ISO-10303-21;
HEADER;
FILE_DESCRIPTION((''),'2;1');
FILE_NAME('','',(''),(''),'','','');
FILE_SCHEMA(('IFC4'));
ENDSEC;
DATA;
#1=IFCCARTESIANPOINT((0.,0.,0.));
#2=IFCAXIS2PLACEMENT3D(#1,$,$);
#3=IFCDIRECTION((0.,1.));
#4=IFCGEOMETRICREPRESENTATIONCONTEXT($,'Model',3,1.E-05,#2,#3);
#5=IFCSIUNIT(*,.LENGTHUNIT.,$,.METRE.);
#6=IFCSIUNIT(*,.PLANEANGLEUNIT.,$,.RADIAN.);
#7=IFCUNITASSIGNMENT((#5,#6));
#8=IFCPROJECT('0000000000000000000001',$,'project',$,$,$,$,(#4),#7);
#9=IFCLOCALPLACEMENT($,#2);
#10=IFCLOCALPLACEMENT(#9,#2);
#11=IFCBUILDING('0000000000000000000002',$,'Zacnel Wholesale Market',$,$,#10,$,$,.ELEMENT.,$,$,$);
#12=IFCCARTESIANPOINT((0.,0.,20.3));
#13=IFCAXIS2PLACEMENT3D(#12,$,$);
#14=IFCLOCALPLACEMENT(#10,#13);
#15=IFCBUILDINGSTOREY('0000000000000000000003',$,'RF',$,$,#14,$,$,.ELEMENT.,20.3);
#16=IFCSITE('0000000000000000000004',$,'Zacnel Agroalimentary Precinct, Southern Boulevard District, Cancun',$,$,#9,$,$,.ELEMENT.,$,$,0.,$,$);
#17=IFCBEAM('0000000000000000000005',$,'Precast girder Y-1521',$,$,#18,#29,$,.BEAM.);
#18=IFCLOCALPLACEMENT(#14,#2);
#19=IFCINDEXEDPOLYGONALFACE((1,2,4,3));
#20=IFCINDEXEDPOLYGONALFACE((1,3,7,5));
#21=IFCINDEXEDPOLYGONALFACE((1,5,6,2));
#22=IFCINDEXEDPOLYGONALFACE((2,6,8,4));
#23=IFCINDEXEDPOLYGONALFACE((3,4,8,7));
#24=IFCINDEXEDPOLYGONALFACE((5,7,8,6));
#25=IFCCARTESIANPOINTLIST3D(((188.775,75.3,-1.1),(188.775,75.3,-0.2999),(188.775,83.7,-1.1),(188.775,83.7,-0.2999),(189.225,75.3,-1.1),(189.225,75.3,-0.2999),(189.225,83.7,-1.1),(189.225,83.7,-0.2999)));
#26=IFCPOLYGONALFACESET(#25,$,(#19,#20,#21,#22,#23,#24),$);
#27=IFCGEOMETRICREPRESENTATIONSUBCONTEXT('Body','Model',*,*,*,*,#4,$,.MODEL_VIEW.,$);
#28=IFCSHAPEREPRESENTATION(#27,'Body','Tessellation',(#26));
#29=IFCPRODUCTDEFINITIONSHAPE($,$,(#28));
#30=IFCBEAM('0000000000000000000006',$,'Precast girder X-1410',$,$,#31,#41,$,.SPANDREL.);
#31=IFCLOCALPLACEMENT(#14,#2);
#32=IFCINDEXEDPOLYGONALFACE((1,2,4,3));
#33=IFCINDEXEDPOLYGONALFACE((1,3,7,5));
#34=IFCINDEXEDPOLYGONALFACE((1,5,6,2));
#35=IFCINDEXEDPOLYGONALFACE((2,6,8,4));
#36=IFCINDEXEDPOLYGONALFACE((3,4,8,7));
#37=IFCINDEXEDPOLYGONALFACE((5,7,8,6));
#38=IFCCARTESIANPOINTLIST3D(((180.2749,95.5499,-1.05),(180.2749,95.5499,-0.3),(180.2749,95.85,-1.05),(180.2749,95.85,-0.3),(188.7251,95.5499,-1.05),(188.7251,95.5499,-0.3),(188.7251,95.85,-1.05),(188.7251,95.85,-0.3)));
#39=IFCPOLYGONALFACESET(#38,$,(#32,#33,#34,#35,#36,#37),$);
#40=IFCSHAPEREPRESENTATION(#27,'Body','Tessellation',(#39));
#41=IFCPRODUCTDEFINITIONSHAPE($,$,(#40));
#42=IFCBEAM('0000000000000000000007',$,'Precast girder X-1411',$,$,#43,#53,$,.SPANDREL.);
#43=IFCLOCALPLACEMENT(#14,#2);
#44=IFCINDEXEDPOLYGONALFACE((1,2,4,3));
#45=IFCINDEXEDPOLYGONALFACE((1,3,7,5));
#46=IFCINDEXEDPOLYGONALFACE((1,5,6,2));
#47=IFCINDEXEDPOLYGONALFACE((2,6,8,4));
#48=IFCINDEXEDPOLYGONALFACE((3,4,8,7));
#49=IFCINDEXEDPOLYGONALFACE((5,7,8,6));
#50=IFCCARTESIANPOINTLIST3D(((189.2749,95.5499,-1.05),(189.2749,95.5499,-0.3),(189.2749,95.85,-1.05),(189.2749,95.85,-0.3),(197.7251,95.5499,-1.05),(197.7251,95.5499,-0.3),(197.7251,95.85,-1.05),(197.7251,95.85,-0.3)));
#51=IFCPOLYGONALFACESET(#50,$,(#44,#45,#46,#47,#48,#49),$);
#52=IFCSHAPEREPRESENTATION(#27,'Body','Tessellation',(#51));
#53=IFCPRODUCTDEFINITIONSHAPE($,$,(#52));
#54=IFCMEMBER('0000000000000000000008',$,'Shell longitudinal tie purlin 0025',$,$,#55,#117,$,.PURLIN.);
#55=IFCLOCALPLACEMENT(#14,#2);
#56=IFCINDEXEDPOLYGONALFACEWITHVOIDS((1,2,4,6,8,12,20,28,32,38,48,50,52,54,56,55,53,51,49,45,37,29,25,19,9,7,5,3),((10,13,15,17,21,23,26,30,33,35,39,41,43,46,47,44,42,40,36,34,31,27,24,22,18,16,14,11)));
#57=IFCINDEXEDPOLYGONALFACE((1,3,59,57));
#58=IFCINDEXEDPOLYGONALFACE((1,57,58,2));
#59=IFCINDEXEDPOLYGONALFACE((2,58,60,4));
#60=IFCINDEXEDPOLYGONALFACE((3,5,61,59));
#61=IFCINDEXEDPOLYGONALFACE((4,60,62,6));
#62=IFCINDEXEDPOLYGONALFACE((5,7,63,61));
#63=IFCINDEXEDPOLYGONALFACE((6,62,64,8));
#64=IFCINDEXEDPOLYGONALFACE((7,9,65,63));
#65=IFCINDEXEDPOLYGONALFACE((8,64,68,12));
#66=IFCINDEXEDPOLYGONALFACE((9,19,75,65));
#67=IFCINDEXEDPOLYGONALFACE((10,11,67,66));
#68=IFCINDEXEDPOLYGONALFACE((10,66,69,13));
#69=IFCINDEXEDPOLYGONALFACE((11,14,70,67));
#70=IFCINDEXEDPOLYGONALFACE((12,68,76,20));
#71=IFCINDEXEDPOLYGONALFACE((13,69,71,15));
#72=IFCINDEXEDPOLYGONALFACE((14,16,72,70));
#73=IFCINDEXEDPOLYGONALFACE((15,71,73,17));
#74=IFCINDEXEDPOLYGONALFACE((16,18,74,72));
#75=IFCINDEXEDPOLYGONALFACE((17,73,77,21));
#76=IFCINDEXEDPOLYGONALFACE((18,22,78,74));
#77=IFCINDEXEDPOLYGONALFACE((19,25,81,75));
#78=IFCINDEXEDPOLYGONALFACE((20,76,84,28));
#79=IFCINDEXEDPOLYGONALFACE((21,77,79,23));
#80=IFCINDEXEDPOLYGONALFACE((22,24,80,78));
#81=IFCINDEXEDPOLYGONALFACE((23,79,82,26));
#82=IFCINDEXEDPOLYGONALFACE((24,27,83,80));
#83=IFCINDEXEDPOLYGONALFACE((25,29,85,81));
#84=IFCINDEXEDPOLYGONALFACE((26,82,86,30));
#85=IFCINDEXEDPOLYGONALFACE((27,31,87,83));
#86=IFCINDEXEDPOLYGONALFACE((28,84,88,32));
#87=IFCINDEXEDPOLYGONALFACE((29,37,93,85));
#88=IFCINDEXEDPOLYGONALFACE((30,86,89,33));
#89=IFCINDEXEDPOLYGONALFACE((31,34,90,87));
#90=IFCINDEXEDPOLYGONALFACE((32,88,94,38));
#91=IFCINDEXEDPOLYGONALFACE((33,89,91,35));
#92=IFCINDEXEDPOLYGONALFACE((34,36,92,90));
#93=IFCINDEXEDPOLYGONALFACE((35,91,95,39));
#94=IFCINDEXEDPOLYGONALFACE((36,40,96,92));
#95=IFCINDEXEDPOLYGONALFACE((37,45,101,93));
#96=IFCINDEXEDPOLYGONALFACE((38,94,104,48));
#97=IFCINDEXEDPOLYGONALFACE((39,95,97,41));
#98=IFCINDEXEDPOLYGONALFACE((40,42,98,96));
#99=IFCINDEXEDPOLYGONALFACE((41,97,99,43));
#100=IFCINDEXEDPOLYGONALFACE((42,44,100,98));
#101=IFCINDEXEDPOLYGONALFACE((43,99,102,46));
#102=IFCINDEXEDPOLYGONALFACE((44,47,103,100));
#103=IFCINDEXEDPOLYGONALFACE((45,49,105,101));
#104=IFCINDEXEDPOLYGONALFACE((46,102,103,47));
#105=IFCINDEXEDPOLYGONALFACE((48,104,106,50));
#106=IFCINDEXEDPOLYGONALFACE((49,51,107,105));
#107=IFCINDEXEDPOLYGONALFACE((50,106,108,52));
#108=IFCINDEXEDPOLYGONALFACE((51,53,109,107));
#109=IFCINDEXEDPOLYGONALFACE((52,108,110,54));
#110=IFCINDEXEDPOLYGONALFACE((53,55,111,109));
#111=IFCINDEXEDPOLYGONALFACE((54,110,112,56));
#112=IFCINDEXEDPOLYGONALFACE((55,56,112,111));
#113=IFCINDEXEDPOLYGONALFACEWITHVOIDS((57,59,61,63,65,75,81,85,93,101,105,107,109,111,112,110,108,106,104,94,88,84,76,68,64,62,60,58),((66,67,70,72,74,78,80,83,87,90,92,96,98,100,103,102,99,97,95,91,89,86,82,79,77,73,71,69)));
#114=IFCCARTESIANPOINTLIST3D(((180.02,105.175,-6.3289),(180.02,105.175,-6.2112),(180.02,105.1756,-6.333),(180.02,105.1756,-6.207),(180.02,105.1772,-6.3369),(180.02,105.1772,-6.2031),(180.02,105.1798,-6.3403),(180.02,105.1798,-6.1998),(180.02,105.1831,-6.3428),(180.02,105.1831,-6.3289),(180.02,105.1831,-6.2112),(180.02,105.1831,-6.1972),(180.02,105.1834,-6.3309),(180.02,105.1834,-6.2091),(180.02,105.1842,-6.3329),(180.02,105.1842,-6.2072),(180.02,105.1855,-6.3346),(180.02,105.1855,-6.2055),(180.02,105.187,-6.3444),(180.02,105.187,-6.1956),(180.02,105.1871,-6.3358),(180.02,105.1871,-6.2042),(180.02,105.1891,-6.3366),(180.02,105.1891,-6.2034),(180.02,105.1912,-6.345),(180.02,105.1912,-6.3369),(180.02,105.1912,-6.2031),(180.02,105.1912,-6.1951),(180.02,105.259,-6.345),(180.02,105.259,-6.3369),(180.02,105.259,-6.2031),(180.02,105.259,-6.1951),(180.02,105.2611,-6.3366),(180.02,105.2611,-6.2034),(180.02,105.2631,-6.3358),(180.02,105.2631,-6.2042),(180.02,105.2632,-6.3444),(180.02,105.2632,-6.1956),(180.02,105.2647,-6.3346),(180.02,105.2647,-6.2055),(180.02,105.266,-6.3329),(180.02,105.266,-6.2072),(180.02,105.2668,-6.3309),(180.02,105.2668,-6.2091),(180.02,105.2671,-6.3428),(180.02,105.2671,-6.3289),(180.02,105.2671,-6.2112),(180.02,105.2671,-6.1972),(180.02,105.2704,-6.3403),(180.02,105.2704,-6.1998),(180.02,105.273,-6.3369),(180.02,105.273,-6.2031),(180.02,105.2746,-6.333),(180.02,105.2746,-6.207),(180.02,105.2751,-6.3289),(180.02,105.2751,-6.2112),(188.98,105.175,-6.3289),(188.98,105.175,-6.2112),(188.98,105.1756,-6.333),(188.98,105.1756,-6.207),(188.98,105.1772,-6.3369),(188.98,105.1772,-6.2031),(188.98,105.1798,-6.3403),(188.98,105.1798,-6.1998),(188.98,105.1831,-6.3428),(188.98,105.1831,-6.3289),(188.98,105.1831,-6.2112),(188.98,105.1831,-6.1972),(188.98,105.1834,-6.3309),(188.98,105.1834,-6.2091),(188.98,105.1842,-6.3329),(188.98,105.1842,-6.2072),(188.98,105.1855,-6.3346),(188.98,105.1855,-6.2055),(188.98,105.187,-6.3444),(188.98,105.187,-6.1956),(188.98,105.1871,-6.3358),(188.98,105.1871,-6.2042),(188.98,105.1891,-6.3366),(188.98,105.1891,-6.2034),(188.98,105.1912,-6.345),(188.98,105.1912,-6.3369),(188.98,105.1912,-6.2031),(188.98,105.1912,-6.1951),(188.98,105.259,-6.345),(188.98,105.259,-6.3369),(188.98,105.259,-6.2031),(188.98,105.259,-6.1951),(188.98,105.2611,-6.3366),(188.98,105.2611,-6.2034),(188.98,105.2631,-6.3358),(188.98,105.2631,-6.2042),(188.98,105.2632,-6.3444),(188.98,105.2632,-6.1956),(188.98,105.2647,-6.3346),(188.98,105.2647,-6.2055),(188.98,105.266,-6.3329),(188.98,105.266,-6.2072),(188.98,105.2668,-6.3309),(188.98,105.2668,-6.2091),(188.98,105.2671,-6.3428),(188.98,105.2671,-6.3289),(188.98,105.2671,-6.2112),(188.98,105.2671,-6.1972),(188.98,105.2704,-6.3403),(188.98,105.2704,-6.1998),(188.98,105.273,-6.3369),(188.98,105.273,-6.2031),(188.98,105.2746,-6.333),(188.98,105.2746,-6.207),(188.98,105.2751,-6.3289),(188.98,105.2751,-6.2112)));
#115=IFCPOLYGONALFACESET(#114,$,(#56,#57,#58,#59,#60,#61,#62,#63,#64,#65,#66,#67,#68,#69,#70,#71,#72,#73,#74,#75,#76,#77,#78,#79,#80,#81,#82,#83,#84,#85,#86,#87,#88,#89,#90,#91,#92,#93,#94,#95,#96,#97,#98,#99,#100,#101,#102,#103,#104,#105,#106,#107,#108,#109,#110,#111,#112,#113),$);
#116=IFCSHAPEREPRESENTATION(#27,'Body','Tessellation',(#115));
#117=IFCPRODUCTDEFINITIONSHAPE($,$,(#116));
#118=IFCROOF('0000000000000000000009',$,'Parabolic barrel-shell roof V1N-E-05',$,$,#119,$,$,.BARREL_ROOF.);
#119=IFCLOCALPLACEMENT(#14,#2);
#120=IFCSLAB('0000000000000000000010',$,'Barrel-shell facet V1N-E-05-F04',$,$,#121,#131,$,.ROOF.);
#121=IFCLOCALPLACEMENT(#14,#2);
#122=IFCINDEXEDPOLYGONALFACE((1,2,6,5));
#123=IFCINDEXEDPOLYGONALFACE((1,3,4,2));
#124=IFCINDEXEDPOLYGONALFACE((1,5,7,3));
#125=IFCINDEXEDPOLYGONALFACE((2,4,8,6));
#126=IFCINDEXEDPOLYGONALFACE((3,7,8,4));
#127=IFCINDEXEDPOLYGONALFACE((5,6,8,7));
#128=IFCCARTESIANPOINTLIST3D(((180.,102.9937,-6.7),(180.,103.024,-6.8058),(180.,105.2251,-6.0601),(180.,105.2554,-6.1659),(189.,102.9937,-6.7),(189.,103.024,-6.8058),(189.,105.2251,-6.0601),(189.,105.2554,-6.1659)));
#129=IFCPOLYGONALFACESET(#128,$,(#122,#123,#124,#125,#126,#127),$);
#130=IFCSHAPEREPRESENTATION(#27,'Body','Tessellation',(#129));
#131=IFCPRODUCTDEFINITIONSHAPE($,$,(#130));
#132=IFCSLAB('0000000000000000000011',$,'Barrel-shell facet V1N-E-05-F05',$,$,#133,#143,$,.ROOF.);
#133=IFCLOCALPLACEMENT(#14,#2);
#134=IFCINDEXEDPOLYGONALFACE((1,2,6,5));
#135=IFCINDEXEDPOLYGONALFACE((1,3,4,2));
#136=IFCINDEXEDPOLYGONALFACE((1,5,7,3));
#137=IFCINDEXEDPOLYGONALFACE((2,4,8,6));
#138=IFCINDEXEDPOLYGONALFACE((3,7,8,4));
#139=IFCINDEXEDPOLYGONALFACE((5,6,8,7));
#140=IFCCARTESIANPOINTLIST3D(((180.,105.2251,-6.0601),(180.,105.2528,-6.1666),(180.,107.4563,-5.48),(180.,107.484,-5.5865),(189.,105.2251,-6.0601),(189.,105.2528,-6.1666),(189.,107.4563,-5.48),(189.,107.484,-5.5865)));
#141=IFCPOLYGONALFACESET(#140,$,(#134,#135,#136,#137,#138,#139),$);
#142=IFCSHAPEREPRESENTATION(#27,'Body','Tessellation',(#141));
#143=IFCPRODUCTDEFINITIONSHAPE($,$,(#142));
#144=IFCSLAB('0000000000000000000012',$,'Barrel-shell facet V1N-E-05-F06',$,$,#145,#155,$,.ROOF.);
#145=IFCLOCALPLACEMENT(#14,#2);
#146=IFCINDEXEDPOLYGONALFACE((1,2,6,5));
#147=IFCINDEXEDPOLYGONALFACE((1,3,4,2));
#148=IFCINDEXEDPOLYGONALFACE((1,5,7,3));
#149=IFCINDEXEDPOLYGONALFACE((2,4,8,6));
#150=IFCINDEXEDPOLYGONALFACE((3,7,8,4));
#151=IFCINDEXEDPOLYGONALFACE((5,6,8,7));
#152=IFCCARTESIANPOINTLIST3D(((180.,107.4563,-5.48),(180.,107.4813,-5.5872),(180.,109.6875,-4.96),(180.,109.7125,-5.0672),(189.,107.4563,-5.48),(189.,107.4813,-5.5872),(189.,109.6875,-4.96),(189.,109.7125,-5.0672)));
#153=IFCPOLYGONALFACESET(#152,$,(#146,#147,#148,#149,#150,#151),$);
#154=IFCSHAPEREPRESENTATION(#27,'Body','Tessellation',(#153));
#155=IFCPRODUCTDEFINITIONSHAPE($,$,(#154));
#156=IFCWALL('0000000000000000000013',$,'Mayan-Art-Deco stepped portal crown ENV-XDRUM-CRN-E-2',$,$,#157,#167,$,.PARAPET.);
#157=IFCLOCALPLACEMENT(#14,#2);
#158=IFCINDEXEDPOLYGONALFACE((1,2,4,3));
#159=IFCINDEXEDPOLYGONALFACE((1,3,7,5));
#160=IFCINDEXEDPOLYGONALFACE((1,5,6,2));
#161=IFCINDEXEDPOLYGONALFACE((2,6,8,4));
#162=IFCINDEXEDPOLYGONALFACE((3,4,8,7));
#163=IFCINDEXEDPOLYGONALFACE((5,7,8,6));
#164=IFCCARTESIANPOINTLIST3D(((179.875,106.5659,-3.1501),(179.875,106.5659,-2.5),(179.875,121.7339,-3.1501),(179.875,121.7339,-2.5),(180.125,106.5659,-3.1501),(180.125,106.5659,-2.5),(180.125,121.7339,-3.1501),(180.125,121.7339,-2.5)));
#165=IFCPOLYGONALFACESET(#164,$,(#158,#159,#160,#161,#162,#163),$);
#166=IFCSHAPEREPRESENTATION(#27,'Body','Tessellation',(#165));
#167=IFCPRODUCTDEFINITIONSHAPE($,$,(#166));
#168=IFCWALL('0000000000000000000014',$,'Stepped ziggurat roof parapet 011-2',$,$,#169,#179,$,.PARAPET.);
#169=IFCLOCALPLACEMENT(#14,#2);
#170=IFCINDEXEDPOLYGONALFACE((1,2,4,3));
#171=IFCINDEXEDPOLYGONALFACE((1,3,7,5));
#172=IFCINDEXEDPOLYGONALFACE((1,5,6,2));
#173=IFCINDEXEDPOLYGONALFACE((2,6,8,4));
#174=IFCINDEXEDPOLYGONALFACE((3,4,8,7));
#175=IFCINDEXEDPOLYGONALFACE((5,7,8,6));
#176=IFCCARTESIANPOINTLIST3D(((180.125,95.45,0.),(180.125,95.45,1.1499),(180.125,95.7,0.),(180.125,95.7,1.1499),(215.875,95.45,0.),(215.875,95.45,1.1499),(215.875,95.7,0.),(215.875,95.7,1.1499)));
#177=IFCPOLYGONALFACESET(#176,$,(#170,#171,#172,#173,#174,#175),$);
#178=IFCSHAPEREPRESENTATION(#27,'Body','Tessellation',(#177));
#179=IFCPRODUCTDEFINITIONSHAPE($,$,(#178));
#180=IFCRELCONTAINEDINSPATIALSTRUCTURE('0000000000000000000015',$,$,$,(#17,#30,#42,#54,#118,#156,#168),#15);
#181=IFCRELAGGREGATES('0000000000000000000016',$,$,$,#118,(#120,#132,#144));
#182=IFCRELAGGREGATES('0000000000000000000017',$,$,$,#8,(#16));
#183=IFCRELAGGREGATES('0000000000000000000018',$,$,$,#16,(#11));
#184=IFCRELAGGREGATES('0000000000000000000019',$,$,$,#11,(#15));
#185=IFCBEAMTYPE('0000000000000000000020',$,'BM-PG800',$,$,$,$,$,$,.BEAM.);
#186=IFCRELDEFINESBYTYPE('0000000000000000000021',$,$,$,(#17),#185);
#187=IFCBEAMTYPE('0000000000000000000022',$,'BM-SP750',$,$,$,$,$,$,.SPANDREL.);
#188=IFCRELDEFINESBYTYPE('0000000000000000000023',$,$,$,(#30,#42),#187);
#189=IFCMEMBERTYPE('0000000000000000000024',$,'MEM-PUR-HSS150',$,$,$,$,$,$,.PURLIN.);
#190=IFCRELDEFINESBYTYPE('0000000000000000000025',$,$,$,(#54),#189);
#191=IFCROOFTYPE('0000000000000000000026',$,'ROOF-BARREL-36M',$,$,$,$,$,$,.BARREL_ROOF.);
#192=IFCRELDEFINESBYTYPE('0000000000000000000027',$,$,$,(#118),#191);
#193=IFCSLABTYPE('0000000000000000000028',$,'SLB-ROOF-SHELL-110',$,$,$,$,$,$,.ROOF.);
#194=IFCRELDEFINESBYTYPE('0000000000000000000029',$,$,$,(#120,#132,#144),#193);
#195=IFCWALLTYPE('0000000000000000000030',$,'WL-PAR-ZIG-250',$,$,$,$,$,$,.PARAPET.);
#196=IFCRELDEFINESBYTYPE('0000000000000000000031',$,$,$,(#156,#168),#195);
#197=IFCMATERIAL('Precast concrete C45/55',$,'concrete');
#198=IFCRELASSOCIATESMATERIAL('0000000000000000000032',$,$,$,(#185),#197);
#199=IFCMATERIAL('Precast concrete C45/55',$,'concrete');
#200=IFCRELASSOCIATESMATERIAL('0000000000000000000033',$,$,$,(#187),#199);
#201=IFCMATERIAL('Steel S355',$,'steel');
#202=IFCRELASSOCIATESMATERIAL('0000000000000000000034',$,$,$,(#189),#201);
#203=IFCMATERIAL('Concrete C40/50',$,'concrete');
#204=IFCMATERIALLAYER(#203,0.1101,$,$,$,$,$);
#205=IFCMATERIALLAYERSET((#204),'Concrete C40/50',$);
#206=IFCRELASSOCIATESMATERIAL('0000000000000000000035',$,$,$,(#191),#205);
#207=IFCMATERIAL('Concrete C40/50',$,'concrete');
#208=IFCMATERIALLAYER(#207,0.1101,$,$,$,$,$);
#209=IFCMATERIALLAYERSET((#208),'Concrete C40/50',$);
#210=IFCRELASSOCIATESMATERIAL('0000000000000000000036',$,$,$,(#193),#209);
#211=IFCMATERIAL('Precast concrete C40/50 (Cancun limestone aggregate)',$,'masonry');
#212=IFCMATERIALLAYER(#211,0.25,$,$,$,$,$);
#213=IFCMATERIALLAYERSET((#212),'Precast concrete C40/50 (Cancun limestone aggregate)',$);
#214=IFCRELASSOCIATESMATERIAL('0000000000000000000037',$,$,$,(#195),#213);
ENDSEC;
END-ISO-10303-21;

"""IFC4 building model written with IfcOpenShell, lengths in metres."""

from ifc_helpers import new_model, si_unit, direction, frame, frame_2d, origin, origin_2d, place, context, subcontext, project, spatial, polyline, rectangle, hollow_rectangle, outline, extrude, material, layer, layer_set, material_profile, profile_set, type_object, element, aggregate, save


model = new_model("IFC4")

# Units and contexts
model_context = context("Model", 3, precision=1e-05, world=origin(), true_north=direction((0.0, 1.0)))
body_context = subcontext(model_context, "Body", "Model", "MODEL_VIEW")
ifc_project = project(units=[si_unit("LENGTHUNIT", "METRE"), si_unit("PLANEANGLEUNIT", "RADIAN")], contexts=[model_context])

# Site, building, storey
site_placement = place(None, origin())
site = spatial("IfcSite", under=ifc_project, at=site_placement, Name="Zacnel Agroalimentary Precinct, Southern Boulevard District, Cancun", CompositionType="ELEMENT", RefElevation=0.0)
building_placement = place(site_placement, origin())
building = spatial("IfcBuilding", under=site, at=building_placement, Name="Zacnel Wholesale Market", CompositionType="ELEMENT")
storey_placement = place(building_placement, frame((0.0, 0.0, 20.3)))
storey = spatial("IfcBuildingStorey", under=building, at=storey_placement, Name="RF", CompositionType="ELEMENT", Elevation=20.3)

# Beams
ifc_material_1 = material(Name="Precast concrete C45/55", Category="concrete")
ifc_material_profile_1 = material_profile(ifc_material_1, rectangle(XDim=0.45, YDim=0.8, at=origin_2d()), Name="PG 450x800")
ifc_profile_set_1 = profile_set([ifc_material_profile_1], Name="Precast concrete C45/55")
beam_type_1 = type_object("IfcBeamType", Name="BM-PG800", PredefinedType="BEAM", material=ifc_profile_set_1)
beam_1_placement = place(storey_placement, frame((189.0, 75.3, -0.7), z_axis=(0.0, 1.0, 0.0), x_axis=(-1.0, 0.0, 0.0)))
element("IfcBeam", 1, at=beam_1_placement, inside=storey, type_object=beam_type_1, Name="Precast girder Y-1521", PredefinedType="BEAM", context=body_context, shape_type="SweptSolid", body=[
    extrude(rectangle(XDim=0.45, YDim=0.8, at=origin_2d()), origin(), (0.0, 0.0, 1.0), 8.3999),
])
ifc_material_2 = material(Name="Precast concrete C45/55", Category="concrete")
ifc_material_profile_2 = material_profile(ifc_material_2, rectangle(XDim=0.3, YDim=0.75, at=origin_2d()), Name="SP 300x750")
ifc_profile_set_2 = profile_set([ifc_material_profile_2], Name="Precast concrete C45/55")
beam_type_2 = type_object("IfcBeamType", Name="BM-SP750", PredefinedType="SPANDREL", material=ifc_profile_set_2)
for number, where, z_axis, x_axis, name in (
    (2, (180.2749, 95.7, -0.675), (1.0, 0.0, 0.0), (0.0, 1.0, 0.0), "Precast girder X-1410"),
    (3, (189.2749, 95.7, -0.675), (1.0, 0.0, 0.0), (0.0, 1.0, 0.0), "Precast girder X-1411"),
):
    element("IfcBeam", number, at=place(storey_placement, frame(where, z_axis=z_axis, x_axis=x_axis)), inside=storey, type_object=beam_type_2, Name=name, PredefinedType="SPANDREL", context=body_context, shape_type="SweptSolid", body=[
        extrude(rectangle(XDim=0.3, YDim=0.75, at=origin_2d()), origin(), (0.0, 0.0, 1.0), 8.4502),
    ])

# Member
ifc_material_3 = material(Name="Steel S355", Category="steel")
ifc_material_profile_3 = material_profile(ifc_material_3, hollow_rectangle(XDim=0.1001, YDim=0.1499, WallThickness=0.0081, InnerFilletRadius=0.0081, OuterFilletRadius=0.0161, at=origin_2d()), Name="HSS 150x100x8")
ifc_profile_set_3 = profile_set([ifc_material_profile_3], Name="Steel S355")
member_type = type_object("IfcMemberType", Name="MEM-PUR-HSS150", PredefinedType="PURLIN", material=ifc_profile_set_3)
member_placement = place(storey_placement, frame((180.02, 105.2251, -6.27), z_axis=(1.0, 0.0, 0.0), x_axis=(0.0, 1.0, 0.0)))
element("IfcMember", 4, at=member_placement, inside=storey, type_object=member_type, Name="Shell longitudinal tie purlin 0025", PredefinedType="PURLIN", context=body_context, shape_type="SweptSolid", body=[
    extrude(hollow_rectangle(XDim=0.1001, YDim=0.1499, WallThickness=0.0081, InnerFilletRadius=0.0081, OuterFilletRadius=0.0161, at=origin_2d()), origin(), (0.0, 0.0, 1.0), 8.96),
])

# Roof, slabs
ifc_material_4 = material(Name="Concrete C40/50", Category="concrete")
ifc_layer_1 = layer(ifc_material_4, 0.1101)
ifc_layer_set_1 = layer_set([ifc_layer_1], Name="Concrete C40/50")
roof_type = type_object("IfcRoofType", Name="ROOF-BARREL-36M", PredefinedType="BARREL_ROOF", material=ifc_layer_set_1)
roof_placement = place(storey_placement, origin())
roof = element("IfcRoof", 5, at=roof_placement, inside=storey, type_object=roof_type, Name="Parabolic barrel-shell roof V1N-E-05", PredefinedType="BARREL_ROOF")
ifc_material_5 = material(Name="Concrete C40/50", Category="concrete")
ifc_layer_2 = layer(ifc_material_5, 0.1101)
ifc_layer_set_2 = layer_set([ifc_layer_2], Name="Concrete C40/50")
slab_type = type_object("IfcSlabType", Name="SLB-ROOF-SHELL-110", PredefinedType="ROOF", material=ifc_layer_set_2)
slab_1_placement = place(storey_placement, frame((180.0, 102.9937, -6.7), z_axis=(0.0, -0.275652, 0.961258), x_axis=(1.0, 0.0, 0.0)))
slab_1 = element("IfcSlab", 6, at=slab_1_placement, type_object=slab_type, Name="Barrel-shell facet V1N-E-05-F04", PredefinedType="ROOF", context=body_context, shape_type="SweptSolid", body=[
    extrude(outline(polyline([(0.0, 0.0), (9.0, 0.0), (9.0, 2.3214), (0.0, 2.3214), (0.0, 0.0)])), origin(), (0.0, 0.0, -1.0), 0.1101),
])
slab_2_placement = place(storey_placement, frame((180.0, 105.2251, -6.0601), z_axis=(0.0, -0.25162, 0.967826), x_axis=(1.0, 0.0, 0.0)))
slab_2 = element("IfcSlab", 7, at=slab_2_placement, type_object=slab_type, Name="Barrel-shell facet V1N-E-05-F05", PredefinedType="ROOF", context=body_context, shape_type="SweptSolid", body=[
    extrude(outline(polyline([(0.0, 0.0), (9.0, 0.0), (9.0, 2.3054), (0.0, 2.3054), (0.0, 0.0)])), origin(), (0.0, 0.0, -1.0), 0.1101),
])
slab_3_placement = place(storey_placement, frame((180.0, 107.4563, -5.48), z_axis=(0.0, -0.226984, 0.973899), x_axis=(1.0, 0.0, 0.0)))
slab_3 = element("IfcSlab", 8, at=slab_3_placement, type_object=slab_type, Name="Barrel-shell facet V1N-E-05-F06", PredefinedType="ROOF", context=body_context, shape_type="SweptSolid", body=[
    extrude(outline(polyline([(0.0, 0.0), (9.0, 0.0), (9.0, 2.291), (0.0, 2.291), (0.0, 0.0)])), origin(), (0.0, 0.0, -1.0), 0.1101),
])
aggregate(roof, [slab_1, slab_2, slab_3])

# Walls
ifc_material_6 = material(Name="Precast concrete C40/50 (Cancun limestone aggregate)", Category="masonry")
ifc_layer_3 = layer(ifc_material_6, 0.25)
ifc_layer_set_3 = layer_set([ifc_layer_3], Name="Precast concrete C40/50 (Cancun limestone aggregate)")
wall_type = type_object("IfcWallType", Name="WL-PAR-ZIG-250", PredefinedType="PARAPET", material=ifc_layer_set_3)
wall_1_placement = place(storey_placement, frame((180.0, 106.5659, -3.1501), z_axis=(0.0, 0.0, 1.0), x_axis=(0.0, 1.0, 0.0)))
element("IfcWall", 9, at=wall_1_placement, inside=storey, type_object=wall_type, Name="Mayan-Art-Deco stepped portal crown ENV-XDRUM-CRN-E-2", PredefinedType="PARAPET", context=body_context, shape_type="SweptSolid", body=[
    extrude(rectangle(XDim=15.168, YDim=0.25, at=frame_2d((7.584, 0.0))), origin(), (0.0, 0.0, 1.0), 0.6501),
])
wall_2_placement = place(storey_placement, frame((180.125, 95.575, 0.0), z_axis=(0.0, 0.0, 1.0), x_axis=(1.0, 0.0, 0.0)))
element("IfcWall", 10, at=wall_2_placement, inside=storey, type_object=wall_type, Name="Stepped ziggurat roof parapet 011-2", PredefinedType="PARAPET", context=body_context, shape_type="SweptSolid", body=[
    extrude(rectangle(XDim=35.75, YDim=0.25, at=frame_2d((17.875, 0.0))), origin(), (0.0, 0.0, 1.0), 1.1499),
])

save(model, "model.ifc")
